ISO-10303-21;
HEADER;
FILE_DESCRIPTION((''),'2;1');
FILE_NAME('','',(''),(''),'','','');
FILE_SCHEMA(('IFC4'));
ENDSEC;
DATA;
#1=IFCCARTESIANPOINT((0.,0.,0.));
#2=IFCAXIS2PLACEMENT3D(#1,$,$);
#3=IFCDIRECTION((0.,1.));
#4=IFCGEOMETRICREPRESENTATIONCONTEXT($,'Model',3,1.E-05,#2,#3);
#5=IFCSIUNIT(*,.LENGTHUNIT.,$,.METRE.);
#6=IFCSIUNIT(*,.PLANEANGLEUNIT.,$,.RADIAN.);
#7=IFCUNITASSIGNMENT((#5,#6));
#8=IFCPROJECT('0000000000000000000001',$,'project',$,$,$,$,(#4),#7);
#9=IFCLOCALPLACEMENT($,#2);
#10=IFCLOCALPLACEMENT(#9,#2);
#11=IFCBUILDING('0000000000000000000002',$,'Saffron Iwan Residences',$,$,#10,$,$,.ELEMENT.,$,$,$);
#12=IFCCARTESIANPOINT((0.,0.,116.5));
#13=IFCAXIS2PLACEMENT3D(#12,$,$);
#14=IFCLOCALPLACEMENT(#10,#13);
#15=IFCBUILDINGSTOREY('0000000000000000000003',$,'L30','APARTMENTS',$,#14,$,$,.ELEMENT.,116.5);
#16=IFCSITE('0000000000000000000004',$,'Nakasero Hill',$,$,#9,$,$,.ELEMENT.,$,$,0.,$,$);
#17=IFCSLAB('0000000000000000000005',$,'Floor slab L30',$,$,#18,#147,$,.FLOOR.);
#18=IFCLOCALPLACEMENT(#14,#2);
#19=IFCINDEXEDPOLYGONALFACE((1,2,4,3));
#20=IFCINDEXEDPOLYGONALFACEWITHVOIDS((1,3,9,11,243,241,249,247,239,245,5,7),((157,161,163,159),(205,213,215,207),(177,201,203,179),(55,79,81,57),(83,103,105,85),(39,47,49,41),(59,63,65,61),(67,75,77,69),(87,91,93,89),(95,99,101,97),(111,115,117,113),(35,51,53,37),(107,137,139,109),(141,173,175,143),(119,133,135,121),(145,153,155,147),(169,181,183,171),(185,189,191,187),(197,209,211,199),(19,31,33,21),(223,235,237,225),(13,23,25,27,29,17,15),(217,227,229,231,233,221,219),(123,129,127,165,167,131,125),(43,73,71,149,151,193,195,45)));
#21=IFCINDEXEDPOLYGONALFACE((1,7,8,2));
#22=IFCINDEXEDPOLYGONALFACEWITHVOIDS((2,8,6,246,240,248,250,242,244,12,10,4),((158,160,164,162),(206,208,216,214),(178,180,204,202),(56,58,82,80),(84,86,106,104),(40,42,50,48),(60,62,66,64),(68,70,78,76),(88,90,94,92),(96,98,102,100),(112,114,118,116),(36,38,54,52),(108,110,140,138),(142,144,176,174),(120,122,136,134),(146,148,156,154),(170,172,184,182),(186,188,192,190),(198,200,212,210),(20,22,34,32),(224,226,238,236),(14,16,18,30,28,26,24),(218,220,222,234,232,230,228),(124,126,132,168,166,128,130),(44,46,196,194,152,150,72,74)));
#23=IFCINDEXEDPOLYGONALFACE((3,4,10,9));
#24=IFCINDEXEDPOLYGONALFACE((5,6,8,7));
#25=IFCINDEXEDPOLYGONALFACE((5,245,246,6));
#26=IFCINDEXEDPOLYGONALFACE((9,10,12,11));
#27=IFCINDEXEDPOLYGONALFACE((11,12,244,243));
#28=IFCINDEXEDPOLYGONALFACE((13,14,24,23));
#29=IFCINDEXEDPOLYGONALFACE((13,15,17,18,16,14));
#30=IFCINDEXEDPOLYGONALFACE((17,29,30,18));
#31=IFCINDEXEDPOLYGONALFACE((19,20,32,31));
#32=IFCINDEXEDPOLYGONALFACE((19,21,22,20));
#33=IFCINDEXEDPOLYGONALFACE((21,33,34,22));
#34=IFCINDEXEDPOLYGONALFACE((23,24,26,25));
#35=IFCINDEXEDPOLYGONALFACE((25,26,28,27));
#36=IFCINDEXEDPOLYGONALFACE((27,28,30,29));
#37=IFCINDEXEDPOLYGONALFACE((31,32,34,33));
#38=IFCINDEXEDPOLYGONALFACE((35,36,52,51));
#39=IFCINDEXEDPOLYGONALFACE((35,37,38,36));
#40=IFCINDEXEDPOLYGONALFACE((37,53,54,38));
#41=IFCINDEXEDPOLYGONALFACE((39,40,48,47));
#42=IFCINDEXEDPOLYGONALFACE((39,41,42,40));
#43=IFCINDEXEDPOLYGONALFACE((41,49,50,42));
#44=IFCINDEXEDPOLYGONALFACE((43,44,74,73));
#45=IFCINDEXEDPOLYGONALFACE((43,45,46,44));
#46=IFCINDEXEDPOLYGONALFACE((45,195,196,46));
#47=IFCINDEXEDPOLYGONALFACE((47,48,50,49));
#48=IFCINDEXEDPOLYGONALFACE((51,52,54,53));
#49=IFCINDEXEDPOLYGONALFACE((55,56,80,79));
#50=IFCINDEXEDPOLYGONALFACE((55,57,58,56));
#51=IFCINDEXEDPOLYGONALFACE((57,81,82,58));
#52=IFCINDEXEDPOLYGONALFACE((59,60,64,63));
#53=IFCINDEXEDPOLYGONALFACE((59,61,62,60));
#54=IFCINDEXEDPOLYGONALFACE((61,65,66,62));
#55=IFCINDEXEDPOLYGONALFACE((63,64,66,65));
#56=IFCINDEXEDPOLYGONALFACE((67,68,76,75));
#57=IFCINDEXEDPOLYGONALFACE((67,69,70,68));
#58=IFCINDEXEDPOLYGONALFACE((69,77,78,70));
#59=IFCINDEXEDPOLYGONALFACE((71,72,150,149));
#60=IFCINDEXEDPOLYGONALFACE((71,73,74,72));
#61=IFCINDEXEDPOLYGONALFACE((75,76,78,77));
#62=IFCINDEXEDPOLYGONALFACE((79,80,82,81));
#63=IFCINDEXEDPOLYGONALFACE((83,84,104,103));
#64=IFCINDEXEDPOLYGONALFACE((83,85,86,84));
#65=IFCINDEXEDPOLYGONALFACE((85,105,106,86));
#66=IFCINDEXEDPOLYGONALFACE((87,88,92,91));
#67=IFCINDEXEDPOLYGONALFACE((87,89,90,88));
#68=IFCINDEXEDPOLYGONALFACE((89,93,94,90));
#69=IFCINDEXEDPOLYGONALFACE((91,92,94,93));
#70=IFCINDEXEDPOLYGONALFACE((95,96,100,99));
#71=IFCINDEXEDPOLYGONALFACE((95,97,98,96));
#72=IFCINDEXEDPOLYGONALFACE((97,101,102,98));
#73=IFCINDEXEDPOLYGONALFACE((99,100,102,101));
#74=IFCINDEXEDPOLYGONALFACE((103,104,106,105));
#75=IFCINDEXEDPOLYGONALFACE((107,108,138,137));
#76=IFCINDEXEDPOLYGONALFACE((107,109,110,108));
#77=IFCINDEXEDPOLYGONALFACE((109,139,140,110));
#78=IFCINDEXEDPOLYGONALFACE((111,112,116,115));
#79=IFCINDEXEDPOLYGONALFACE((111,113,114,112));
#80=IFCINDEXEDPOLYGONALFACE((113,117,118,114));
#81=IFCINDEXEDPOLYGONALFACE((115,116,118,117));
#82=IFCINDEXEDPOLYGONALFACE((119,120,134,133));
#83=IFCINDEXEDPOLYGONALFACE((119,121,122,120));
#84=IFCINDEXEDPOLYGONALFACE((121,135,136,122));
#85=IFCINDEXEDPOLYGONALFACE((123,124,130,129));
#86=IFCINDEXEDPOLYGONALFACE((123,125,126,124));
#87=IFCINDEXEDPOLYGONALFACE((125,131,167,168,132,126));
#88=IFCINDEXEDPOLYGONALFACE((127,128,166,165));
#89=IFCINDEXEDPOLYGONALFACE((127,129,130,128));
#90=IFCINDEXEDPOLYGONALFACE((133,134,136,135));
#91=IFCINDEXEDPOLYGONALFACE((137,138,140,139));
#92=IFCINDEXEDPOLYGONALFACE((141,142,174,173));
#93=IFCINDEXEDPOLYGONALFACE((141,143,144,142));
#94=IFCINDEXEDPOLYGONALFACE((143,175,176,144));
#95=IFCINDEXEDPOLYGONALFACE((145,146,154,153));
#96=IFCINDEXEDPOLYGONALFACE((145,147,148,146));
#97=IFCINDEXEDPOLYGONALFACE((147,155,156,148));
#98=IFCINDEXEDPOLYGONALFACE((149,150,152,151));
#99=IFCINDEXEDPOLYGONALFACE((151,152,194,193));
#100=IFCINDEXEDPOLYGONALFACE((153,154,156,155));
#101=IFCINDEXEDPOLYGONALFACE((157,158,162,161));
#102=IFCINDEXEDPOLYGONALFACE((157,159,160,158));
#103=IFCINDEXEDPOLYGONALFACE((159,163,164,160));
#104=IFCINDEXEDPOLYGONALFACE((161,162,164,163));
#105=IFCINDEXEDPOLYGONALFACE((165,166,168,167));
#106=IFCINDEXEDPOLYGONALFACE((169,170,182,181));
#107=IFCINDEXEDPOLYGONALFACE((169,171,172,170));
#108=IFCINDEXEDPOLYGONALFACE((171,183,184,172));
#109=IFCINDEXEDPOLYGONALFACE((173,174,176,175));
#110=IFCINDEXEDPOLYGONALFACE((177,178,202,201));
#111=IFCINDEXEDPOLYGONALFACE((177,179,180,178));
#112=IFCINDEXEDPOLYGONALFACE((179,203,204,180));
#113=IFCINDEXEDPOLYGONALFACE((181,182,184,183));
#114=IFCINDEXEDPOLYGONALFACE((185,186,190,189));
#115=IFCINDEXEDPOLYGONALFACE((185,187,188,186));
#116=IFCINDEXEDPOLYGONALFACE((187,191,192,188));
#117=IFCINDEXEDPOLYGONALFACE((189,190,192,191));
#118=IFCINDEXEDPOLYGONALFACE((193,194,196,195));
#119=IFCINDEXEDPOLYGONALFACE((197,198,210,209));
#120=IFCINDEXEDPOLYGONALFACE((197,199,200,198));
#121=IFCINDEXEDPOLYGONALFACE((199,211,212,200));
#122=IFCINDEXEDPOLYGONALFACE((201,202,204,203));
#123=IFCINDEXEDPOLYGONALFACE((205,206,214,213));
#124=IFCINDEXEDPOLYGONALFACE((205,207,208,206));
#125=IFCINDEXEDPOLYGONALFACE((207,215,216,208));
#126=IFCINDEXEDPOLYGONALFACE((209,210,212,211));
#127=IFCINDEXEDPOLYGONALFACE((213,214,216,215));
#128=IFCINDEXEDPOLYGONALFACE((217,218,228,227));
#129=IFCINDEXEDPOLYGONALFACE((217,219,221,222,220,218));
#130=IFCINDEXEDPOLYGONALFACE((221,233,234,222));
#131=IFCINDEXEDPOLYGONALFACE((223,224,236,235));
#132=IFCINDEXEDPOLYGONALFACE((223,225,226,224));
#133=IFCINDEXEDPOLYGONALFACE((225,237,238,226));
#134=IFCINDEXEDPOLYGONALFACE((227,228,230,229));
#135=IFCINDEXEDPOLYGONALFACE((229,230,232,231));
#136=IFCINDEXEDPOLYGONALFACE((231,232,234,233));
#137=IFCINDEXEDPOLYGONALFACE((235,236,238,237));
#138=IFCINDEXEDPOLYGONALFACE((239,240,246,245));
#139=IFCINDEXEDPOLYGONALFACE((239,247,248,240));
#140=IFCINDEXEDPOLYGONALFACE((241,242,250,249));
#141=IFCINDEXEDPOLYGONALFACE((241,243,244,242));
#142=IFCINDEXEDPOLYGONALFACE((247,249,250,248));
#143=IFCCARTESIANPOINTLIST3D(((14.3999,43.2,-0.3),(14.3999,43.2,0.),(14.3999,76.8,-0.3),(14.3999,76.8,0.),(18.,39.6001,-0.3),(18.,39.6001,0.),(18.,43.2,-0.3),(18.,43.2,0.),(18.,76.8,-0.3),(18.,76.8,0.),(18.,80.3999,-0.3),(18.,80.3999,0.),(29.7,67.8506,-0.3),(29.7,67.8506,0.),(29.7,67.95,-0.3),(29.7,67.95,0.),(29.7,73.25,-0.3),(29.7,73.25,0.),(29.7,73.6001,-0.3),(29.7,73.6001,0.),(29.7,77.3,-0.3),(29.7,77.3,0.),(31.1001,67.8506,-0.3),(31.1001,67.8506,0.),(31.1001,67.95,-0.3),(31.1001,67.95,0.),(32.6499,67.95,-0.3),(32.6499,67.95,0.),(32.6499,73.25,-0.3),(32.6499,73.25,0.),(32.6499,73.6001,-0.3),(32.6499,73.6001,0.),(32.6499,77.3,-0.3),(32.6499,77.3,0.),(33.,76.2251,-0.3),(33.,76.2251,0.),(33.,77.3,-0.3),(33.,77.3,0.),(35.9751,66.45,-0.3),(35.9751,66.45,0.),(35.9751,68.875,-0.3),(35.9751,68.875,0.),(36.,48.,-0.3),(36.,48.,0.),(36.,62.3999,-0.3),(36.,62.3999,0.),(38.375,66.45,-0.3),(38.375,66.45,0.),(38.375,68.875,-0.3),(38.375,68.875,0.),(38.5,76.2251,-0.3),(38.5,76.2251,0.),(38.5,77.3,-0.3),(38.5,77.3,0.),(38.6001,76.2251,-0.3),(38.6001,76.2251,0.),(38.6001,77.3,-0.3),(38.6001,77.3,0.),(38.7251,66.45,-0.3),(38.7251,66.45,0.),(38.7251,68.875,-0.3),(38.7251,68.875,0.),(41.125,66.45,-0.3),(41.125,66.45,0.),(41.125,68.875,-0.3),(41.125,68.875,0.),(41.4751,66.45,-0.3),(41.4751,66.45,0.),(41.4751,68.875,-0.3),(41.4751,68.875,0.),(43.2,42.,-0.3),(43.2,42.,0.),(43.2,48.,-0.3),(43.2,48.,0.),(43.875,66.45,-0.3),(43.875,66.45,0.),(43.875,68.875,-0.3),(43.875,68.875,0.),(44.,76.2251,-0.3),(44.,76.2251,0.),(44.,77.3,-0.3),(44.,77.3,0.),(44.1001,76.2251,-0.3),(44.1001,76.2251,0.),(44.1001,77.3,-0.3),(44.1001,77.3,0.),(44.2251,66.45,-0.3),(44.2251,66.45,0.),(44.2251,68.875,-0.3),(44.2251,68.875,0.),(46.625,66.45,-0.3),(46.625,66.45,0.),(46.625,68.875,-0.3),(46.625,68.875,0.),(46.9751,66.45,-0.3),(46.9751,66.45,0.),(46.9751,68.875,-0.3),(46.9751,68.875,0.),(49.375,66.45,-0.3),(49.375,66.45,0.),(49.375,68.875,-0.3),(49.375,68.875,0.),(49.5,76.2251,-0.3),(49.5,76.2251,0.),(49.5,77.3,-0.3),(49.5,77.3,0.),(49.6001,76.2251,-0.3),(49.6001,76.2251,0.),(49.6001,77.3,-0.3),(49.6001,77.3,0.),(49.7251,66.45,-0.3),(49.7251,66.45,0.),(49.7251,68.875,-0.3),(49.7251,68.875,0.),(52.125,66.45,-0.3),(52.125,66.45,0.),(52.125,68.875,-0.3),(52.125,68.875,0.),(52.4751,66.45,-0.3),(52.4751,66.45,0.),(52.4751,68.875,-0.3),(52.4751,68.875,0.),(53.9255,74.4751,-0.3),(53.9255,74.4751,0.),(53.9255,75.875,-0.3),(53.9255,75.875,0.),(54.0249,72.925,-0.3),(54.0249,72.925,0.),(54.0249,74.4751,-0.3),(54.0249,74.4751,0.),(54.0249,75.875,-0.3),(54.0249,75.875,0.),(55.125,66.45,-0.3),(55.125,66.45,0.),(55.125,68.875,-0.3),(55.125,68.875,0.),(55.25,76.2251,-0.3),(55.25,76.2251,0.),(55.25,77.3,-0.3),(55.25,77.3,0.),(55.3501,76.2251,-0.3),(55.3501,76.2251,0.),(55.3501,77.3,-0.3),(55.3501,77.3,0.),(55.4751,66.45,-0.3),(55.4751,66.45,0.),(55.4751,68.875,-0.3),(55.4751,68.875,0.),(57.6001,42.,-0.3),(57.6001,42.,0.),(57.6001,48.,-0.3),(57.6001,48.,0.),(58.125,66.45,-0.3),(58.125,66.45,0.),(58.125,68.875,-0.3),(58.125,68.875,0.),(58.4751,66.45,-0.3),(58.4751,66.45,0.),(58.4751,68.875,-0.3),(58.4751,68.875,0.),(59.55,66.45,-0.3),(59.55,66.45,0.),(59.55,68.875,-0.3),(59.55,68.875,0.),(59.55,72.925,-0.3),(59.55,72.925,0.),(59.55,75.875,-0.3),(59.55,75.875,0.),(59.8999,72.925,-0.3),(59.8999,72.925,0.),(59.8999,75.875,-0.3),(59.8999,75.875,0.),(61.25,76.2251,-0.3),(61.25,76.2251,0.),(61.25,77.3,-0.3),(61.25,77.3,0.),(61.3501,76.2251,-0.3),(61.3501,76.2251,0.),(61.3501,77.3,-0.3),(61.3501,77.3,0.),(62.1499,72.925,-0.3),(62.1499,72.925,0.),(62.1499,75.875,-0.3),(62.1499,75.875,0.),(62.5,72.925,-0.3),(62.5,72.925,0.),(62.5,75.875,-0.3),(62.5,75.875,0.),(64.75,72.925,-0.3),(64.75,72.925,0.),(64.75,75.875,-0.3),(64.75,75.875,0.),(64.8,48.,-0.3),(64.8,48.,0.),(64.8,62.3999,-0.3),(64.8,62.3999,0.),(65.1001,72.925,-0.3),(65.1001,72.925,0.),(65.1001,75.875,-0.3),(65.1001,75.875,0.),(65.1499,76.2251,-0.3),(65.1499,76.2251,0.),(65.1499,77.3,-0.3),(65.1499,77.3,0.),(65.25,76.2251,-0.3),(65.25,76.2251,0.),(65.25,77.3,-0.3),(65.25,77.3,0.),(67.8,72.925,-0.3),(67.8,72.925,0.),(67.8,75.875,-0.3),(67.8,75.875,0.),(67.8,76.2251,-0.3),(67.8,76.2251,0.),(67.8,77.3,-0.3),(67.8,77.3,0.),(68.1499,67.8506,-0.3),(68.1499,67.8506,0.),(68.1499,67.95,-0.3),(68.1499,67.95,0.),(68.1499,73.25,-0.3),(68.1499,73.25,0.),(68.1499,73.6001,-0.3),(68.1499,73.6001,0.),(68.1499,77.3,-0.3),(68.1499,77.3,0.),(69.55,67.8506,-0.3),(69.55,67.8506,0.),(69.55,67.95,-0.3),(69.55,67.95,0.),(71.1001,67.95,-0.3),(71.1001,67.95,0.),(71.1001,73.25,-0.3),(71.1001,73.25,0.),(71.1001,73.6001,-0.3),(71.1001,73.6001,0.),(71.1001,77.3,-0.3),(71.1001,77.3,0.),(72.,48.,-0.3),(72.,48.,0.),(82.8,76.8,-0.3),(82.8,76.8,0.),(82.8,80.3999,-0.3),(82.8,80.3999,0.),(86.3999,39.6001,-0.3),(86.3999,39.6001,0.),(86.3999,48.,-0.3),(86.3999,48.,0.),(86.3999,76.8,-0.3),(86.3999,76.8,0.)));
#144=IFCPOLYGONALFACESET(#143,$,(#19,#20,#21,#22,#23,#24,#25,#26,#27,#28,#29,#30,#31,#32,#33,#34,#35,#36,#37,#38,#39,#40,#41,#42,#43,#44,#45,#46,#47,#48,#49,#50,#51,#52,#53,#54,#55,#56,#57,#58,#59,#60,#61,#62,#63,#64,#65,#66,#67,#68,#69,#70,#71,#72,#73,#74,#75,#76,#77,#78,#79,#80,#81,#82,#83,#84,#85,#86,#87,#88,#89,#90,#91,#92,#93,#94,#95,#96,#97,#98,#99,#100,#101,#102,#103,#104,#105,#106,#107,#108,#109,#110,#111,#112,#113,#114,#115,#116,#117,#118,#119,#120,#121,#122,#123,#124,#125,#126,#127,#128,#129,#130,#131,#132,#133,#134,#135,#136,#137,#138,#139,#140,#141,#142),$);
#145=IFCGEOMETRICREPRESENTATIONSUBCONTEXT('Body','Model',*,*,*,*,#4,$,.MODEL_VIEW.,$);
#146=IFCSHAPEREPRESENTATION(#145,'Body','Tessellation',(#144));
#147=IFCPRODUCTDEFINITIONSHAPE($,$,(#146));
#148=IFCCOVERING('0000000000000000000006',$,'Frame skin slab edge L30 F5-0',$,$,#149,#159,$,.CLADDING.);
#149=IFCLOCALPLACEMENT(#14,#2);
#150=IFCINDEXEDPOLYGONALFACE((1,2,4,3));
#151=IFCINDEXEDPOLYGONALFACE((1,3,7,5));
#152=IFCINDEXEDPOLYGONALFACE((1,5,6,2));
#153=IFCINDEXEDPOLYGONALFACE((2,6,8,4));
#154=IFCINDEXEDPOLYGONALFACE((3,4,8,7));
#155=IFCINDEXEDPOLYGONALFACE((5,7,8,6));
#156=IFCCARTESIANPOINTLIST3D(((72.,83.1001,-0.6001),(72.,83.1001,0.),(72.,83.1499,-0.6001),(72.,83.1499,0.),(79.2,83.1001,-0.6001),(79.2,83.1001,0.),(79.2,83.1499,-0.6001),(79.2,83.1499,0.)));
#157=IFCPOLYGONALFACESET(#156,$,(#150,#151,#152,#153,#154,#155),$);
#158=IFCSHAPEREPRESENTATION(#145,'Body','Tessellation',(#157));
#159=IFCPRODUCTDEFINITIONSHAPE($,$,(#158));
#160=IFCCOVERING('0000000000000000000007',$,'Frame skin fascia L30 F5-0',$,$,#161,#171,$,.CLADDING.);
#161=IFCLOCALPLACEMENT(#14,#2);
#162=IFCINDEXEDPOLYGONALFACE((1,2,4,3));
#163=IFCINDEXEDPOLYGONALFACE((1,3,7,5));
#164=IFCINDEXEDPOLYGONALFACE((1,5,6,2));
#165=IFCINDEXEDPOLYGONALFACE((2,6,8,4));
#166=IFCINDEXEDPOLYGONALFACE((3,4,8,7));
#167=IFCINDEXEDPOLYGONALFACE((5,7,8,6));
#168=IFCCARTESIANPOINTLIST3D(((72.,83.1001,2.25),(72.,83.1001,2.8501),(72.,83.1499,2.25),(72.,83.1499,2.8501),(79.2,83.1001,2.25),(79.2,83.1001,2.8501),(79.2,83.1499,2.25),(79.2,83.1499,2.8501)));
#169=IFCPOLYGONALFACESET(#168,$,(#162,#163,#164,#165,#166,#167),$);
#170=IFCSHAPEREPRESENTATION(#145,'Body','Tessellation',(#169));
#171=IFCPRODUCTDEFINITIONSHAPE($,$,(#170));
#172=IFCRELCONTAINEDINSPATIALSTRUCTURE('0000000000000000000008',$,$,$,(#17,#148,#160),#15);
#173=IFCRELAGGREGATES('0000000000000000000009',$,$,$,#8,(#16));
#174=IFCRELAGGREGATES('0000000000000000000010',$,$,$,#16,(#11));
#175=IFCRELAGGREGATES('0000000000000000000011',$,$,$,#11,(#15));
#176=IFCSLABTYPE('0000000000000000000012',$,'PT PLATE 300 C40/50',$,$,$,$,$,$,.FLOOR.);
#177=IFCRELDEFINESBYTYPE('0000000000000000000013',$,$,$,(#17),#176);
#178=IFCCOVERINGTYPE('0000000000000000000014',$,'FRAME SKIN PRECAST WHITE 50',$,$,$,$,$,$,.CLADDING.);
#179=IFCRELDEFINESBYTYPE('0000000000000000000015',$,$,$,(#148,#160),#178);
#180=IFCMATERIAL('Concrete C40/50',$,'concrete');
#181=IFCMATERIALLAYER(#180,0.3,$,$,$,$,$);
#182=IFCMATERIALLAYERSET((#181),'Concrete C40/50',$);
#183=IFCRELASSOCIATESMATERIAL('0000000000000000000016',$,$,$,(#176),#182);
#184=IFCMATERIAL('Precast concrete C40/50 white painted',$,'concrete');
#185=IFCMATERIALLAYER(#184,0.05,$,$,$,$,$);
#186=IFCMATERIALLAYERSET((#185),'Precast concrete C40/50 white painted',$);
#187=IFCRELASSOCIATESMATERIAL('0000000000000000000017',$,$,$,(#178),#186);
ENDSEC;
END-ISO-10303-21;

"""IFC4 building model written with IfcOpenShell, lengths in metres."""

from ifc_helpers import new_model, si_unit, direction, frame, origin, place, context, subcontext, project, spatial, polyline, outline, extrude, material, layer, layer_set, type_object, element, save


model = new_model("IFC4")

# Units and contexts
model_context = context("Model", 3, precision=1e-05, world=origin(), true_north=direction((0.0, 1.0)))
body_context = subcontext(model_context, "Body", "Model", "MODEL_VIEW")
ifc_project = project(units=[si_unit("LENGTHUNIT", "METRE"), si_unit("PLANEANGLEUNIT", "RADIAN")], contexts=[model_context])

# Site, building, storey
site_placement = place(None, origin())
site = spatial("IfcSite", under=ifc_project, at=site_placement, Name="Nakasero Hill", CompositionType="ELEMENT", RefElevation=0.0)
building_placement = place(site_placement, origin())
building = spatial("IfcBuilding", under=site, at=building_placement, Name="Saffron Iwan Residences", CompositionType="ELEMENT")
storey_placement = place(building_placement, frame((0.0, 0.0, 116.5)))
storey = spatial("IfcBuildingStorey", under=building, at=storey_placement, Name="L30", Description="APARTMENTS", CompositionType="ELEMENT", Elevation=116.5)

# Slab
ifc_material_1 = material(Name="Concrete C40/50", Category="concrete")
ifc_layer_1 = layer(ifc_material_1, 0.3)
ifc_layer_set_1 = layer_set([ifc_layer_1], Name="Concrete C40/50")
slab_type_1 = type_object("IfcSlabType", Name="PT PLATE 300 C40/50", PredefinedType="FLOOR", material=ifc_layer_set_1)
slab_1_placement = place(storey_placement, frame((0.0, 0.0, -0.3)))
element("IfcSlab", 1, at=slab_1_placement, inside=storey, type_object=slab_type_1, Name="Floor slab L30", PredefinedType="FLOOR", context=body_context, shape_type="SweptSolid", body=[
    extrude(outline(polyline([(14.3999, 43.2), (14.3999, 76.8), (18.0, 76.8), (18.0, 80.3999), (82.8, 80.3999), (82.8, 76.8), (86.3999, 76.8), (86.3999, 48.0), (72.0, 48.0), (86.3999, 39.6001), (18.0, 39.6001), (18.0, 43.2), (14.3999, 43.2)]), holes=[polyline([(64.8, 48.0), (64.8, 62.3999), (36.0, 62.3999), (36.0, 48.0), (43.2, 48.0), (43.2, 42.0), (57.6001, 42.0), (57.6001, 48.0), (64.8, 48.0)]), polyline([(38.375, 68.875), (35.9751, 68.875), (35.9751, 66.45), (38.375, 66.45), (38.375, 68.875)]), polyline([(41.125, 66.45), (41.125, 68.875), (38.7251, 68.875), (38.7251, 66.45), (41.125, 66.45)]), polyline([(43.875, 66.45), (43.875, 68.875), (41.4751, 68.875), (41.4751, 66.45), (43.875, 66.45)]), polyline([(46.625, 68.875), (44.2251, 68.875), (44.2251, 66.45), (46.625, 66.45), (46.625, 68.875)]), polyline([(49.375, 66.45), (49.375, 68.875), (46.9751, 68.875), (46.9751, 66.45), (49.375, 66.45)]), polyline([(52.125, 66.45), (52.125, 68.875), (49.7251, 68.875), (49.7251, 66.45), (52.125, 66.45)]), polyline([(29.7, 73.25), (29.7, 67.95), (29.7, 67.8506), (31.1001, 67.8506), (31.1001, 67.95), (32.6499, 67.95), (32.6499, 73.25), (29.7, 73.25)]), polyline([(32.6499, 73.6001), (32.6499, 77.3), (29.7, 77.3), (29.7, 73.6001), (32.6499, 73.6001)]), polyline([(38.5, 76.2251), (38.5, 77.3), (33.0, 77.3), (33.0, 76.2251), (38.5, 76.2251)]), polyline([(44.0, 77.3), (38.6001, 77.3), (38.6001, 76.2251), (44.0, 76.2251), (44.0, 77.3)]), polyline([(49.5, 76.2251), (49.5, 77.3), (44.1001, 77.3), (44.1001, 76.2251), (49.5, 76.2251)]), polyline([(55.25, 76.2251), (55.25, 77.3), (49.6001, 77.3), (49.6001, 76.2251), (55.25, 76.2251)]), polyline([(55.125, 68.875), (52.4751, 68.875), (52.4751, 66.45), (55.125, 66.45), (55.125, 68.875)]), polyline([(58.125, 66.45), (58.125, 68.875), (55.4751, 68.875), (55.4751, 66.45), (58.125, 66.45)]), polyline([(59.55, 66.45), (59.55, 68.875), (58.4751, 68.875), (58.4751, 66.45), (59.55, 66.45)]), polyline([(68.1499, 73.25), (68.1499, 67.95), (68.1499, 67.8506), (69.55, 67.8506), (69.55, 67.95), (71.1001, 67.95), (71.1001, 73.25), (68.1499, 73.25)]), polyline([(53.9255, 74.4751), (54.0249, 74.4751), (54.0249, 72.925), (59.55, 72.925), (59.55, 75.875), (54.0249, 75.875), (53.9255, 75.875), (53.9255, 74.4751)]), polyline([(62.1499, 72.925), (62.1499, 75.875), (59.8999, 75.875), (59.8999, 72.925), (62.1499, 72.925)]), polyline([(64.75, 75.875), (62.5, 75.875), (62.5, 72.925), (64.75, 72.925), (64.75, 75.875)]), polyline([(67.8, 72.925), (67.8, 75.875), (65.1001, 75.875), (65.1001, 72.925), (67.8, 72.925)]), polyline([(71.1001, 73.6001), (71.1001, 77.3), (68.1499, 77.3), (68.1499, 73.6001), (71.1001, 73.6001)]), polyline([(61.25, 77.3), (55.3501, 77.3), (55.3501, 76.2251), (61.25, 76.2251), (61.25, 77.3)]), polyline([(65.1499, 76.2251), (65.1499, 77.3), (61.3501, 77.3), (61.3501, 76.2251), (65.1499, 76.2251)]), polyline([(67.8, 76.2251), (67.8, 77.3), (65.25, 77.3), (65.25, 76.2251), (67.8, 76.2251)])]), origin(), (0.0, 0.0, 1.0), 0.3),
])

# Coverings
ifc_material_2 = material(Name="Precast concrete C40/50 white painted", Category="concrete")
ifc_layer_2 = layer(ifc_material_2, 0.05)
ifc_layer_set_2 = layer_set([ifc_layer_2], Name="Precast concrete C40/50 white painted")
covering_type_1 = type_object("IfcCoveringType", Name="FRAME SKIN PRECAST WHITE 50", PredefinedType="CLADDING", material=ifc_layer_set_2)
for number, where, name in (
    (2, (0.0, 0.0, -0.6001), "Frame skin slab edge L30 F5-0"),
    (3, (0.0, 0.0, 2.25), "Frame skin fascia L30 F5-0"),
):
    element("IfcCovering", number, at=place(storey_placement, frame(where)), inside=storey, type_object=covering_type_1, Name=name, PredefinedType="CLADDING", context=body_context, shape_type="SweptSolid", body=[
        extrude(outline(polyline([(79.2, 83.1499), (72.0, 83.1499), (72.0, 83.1001), (79.2, 83.1001), (79.2, 83.1499)])), origin(), (0.0, 0.0, 1.0), 0.6001),
    ])

save(model, "model.ifc")
